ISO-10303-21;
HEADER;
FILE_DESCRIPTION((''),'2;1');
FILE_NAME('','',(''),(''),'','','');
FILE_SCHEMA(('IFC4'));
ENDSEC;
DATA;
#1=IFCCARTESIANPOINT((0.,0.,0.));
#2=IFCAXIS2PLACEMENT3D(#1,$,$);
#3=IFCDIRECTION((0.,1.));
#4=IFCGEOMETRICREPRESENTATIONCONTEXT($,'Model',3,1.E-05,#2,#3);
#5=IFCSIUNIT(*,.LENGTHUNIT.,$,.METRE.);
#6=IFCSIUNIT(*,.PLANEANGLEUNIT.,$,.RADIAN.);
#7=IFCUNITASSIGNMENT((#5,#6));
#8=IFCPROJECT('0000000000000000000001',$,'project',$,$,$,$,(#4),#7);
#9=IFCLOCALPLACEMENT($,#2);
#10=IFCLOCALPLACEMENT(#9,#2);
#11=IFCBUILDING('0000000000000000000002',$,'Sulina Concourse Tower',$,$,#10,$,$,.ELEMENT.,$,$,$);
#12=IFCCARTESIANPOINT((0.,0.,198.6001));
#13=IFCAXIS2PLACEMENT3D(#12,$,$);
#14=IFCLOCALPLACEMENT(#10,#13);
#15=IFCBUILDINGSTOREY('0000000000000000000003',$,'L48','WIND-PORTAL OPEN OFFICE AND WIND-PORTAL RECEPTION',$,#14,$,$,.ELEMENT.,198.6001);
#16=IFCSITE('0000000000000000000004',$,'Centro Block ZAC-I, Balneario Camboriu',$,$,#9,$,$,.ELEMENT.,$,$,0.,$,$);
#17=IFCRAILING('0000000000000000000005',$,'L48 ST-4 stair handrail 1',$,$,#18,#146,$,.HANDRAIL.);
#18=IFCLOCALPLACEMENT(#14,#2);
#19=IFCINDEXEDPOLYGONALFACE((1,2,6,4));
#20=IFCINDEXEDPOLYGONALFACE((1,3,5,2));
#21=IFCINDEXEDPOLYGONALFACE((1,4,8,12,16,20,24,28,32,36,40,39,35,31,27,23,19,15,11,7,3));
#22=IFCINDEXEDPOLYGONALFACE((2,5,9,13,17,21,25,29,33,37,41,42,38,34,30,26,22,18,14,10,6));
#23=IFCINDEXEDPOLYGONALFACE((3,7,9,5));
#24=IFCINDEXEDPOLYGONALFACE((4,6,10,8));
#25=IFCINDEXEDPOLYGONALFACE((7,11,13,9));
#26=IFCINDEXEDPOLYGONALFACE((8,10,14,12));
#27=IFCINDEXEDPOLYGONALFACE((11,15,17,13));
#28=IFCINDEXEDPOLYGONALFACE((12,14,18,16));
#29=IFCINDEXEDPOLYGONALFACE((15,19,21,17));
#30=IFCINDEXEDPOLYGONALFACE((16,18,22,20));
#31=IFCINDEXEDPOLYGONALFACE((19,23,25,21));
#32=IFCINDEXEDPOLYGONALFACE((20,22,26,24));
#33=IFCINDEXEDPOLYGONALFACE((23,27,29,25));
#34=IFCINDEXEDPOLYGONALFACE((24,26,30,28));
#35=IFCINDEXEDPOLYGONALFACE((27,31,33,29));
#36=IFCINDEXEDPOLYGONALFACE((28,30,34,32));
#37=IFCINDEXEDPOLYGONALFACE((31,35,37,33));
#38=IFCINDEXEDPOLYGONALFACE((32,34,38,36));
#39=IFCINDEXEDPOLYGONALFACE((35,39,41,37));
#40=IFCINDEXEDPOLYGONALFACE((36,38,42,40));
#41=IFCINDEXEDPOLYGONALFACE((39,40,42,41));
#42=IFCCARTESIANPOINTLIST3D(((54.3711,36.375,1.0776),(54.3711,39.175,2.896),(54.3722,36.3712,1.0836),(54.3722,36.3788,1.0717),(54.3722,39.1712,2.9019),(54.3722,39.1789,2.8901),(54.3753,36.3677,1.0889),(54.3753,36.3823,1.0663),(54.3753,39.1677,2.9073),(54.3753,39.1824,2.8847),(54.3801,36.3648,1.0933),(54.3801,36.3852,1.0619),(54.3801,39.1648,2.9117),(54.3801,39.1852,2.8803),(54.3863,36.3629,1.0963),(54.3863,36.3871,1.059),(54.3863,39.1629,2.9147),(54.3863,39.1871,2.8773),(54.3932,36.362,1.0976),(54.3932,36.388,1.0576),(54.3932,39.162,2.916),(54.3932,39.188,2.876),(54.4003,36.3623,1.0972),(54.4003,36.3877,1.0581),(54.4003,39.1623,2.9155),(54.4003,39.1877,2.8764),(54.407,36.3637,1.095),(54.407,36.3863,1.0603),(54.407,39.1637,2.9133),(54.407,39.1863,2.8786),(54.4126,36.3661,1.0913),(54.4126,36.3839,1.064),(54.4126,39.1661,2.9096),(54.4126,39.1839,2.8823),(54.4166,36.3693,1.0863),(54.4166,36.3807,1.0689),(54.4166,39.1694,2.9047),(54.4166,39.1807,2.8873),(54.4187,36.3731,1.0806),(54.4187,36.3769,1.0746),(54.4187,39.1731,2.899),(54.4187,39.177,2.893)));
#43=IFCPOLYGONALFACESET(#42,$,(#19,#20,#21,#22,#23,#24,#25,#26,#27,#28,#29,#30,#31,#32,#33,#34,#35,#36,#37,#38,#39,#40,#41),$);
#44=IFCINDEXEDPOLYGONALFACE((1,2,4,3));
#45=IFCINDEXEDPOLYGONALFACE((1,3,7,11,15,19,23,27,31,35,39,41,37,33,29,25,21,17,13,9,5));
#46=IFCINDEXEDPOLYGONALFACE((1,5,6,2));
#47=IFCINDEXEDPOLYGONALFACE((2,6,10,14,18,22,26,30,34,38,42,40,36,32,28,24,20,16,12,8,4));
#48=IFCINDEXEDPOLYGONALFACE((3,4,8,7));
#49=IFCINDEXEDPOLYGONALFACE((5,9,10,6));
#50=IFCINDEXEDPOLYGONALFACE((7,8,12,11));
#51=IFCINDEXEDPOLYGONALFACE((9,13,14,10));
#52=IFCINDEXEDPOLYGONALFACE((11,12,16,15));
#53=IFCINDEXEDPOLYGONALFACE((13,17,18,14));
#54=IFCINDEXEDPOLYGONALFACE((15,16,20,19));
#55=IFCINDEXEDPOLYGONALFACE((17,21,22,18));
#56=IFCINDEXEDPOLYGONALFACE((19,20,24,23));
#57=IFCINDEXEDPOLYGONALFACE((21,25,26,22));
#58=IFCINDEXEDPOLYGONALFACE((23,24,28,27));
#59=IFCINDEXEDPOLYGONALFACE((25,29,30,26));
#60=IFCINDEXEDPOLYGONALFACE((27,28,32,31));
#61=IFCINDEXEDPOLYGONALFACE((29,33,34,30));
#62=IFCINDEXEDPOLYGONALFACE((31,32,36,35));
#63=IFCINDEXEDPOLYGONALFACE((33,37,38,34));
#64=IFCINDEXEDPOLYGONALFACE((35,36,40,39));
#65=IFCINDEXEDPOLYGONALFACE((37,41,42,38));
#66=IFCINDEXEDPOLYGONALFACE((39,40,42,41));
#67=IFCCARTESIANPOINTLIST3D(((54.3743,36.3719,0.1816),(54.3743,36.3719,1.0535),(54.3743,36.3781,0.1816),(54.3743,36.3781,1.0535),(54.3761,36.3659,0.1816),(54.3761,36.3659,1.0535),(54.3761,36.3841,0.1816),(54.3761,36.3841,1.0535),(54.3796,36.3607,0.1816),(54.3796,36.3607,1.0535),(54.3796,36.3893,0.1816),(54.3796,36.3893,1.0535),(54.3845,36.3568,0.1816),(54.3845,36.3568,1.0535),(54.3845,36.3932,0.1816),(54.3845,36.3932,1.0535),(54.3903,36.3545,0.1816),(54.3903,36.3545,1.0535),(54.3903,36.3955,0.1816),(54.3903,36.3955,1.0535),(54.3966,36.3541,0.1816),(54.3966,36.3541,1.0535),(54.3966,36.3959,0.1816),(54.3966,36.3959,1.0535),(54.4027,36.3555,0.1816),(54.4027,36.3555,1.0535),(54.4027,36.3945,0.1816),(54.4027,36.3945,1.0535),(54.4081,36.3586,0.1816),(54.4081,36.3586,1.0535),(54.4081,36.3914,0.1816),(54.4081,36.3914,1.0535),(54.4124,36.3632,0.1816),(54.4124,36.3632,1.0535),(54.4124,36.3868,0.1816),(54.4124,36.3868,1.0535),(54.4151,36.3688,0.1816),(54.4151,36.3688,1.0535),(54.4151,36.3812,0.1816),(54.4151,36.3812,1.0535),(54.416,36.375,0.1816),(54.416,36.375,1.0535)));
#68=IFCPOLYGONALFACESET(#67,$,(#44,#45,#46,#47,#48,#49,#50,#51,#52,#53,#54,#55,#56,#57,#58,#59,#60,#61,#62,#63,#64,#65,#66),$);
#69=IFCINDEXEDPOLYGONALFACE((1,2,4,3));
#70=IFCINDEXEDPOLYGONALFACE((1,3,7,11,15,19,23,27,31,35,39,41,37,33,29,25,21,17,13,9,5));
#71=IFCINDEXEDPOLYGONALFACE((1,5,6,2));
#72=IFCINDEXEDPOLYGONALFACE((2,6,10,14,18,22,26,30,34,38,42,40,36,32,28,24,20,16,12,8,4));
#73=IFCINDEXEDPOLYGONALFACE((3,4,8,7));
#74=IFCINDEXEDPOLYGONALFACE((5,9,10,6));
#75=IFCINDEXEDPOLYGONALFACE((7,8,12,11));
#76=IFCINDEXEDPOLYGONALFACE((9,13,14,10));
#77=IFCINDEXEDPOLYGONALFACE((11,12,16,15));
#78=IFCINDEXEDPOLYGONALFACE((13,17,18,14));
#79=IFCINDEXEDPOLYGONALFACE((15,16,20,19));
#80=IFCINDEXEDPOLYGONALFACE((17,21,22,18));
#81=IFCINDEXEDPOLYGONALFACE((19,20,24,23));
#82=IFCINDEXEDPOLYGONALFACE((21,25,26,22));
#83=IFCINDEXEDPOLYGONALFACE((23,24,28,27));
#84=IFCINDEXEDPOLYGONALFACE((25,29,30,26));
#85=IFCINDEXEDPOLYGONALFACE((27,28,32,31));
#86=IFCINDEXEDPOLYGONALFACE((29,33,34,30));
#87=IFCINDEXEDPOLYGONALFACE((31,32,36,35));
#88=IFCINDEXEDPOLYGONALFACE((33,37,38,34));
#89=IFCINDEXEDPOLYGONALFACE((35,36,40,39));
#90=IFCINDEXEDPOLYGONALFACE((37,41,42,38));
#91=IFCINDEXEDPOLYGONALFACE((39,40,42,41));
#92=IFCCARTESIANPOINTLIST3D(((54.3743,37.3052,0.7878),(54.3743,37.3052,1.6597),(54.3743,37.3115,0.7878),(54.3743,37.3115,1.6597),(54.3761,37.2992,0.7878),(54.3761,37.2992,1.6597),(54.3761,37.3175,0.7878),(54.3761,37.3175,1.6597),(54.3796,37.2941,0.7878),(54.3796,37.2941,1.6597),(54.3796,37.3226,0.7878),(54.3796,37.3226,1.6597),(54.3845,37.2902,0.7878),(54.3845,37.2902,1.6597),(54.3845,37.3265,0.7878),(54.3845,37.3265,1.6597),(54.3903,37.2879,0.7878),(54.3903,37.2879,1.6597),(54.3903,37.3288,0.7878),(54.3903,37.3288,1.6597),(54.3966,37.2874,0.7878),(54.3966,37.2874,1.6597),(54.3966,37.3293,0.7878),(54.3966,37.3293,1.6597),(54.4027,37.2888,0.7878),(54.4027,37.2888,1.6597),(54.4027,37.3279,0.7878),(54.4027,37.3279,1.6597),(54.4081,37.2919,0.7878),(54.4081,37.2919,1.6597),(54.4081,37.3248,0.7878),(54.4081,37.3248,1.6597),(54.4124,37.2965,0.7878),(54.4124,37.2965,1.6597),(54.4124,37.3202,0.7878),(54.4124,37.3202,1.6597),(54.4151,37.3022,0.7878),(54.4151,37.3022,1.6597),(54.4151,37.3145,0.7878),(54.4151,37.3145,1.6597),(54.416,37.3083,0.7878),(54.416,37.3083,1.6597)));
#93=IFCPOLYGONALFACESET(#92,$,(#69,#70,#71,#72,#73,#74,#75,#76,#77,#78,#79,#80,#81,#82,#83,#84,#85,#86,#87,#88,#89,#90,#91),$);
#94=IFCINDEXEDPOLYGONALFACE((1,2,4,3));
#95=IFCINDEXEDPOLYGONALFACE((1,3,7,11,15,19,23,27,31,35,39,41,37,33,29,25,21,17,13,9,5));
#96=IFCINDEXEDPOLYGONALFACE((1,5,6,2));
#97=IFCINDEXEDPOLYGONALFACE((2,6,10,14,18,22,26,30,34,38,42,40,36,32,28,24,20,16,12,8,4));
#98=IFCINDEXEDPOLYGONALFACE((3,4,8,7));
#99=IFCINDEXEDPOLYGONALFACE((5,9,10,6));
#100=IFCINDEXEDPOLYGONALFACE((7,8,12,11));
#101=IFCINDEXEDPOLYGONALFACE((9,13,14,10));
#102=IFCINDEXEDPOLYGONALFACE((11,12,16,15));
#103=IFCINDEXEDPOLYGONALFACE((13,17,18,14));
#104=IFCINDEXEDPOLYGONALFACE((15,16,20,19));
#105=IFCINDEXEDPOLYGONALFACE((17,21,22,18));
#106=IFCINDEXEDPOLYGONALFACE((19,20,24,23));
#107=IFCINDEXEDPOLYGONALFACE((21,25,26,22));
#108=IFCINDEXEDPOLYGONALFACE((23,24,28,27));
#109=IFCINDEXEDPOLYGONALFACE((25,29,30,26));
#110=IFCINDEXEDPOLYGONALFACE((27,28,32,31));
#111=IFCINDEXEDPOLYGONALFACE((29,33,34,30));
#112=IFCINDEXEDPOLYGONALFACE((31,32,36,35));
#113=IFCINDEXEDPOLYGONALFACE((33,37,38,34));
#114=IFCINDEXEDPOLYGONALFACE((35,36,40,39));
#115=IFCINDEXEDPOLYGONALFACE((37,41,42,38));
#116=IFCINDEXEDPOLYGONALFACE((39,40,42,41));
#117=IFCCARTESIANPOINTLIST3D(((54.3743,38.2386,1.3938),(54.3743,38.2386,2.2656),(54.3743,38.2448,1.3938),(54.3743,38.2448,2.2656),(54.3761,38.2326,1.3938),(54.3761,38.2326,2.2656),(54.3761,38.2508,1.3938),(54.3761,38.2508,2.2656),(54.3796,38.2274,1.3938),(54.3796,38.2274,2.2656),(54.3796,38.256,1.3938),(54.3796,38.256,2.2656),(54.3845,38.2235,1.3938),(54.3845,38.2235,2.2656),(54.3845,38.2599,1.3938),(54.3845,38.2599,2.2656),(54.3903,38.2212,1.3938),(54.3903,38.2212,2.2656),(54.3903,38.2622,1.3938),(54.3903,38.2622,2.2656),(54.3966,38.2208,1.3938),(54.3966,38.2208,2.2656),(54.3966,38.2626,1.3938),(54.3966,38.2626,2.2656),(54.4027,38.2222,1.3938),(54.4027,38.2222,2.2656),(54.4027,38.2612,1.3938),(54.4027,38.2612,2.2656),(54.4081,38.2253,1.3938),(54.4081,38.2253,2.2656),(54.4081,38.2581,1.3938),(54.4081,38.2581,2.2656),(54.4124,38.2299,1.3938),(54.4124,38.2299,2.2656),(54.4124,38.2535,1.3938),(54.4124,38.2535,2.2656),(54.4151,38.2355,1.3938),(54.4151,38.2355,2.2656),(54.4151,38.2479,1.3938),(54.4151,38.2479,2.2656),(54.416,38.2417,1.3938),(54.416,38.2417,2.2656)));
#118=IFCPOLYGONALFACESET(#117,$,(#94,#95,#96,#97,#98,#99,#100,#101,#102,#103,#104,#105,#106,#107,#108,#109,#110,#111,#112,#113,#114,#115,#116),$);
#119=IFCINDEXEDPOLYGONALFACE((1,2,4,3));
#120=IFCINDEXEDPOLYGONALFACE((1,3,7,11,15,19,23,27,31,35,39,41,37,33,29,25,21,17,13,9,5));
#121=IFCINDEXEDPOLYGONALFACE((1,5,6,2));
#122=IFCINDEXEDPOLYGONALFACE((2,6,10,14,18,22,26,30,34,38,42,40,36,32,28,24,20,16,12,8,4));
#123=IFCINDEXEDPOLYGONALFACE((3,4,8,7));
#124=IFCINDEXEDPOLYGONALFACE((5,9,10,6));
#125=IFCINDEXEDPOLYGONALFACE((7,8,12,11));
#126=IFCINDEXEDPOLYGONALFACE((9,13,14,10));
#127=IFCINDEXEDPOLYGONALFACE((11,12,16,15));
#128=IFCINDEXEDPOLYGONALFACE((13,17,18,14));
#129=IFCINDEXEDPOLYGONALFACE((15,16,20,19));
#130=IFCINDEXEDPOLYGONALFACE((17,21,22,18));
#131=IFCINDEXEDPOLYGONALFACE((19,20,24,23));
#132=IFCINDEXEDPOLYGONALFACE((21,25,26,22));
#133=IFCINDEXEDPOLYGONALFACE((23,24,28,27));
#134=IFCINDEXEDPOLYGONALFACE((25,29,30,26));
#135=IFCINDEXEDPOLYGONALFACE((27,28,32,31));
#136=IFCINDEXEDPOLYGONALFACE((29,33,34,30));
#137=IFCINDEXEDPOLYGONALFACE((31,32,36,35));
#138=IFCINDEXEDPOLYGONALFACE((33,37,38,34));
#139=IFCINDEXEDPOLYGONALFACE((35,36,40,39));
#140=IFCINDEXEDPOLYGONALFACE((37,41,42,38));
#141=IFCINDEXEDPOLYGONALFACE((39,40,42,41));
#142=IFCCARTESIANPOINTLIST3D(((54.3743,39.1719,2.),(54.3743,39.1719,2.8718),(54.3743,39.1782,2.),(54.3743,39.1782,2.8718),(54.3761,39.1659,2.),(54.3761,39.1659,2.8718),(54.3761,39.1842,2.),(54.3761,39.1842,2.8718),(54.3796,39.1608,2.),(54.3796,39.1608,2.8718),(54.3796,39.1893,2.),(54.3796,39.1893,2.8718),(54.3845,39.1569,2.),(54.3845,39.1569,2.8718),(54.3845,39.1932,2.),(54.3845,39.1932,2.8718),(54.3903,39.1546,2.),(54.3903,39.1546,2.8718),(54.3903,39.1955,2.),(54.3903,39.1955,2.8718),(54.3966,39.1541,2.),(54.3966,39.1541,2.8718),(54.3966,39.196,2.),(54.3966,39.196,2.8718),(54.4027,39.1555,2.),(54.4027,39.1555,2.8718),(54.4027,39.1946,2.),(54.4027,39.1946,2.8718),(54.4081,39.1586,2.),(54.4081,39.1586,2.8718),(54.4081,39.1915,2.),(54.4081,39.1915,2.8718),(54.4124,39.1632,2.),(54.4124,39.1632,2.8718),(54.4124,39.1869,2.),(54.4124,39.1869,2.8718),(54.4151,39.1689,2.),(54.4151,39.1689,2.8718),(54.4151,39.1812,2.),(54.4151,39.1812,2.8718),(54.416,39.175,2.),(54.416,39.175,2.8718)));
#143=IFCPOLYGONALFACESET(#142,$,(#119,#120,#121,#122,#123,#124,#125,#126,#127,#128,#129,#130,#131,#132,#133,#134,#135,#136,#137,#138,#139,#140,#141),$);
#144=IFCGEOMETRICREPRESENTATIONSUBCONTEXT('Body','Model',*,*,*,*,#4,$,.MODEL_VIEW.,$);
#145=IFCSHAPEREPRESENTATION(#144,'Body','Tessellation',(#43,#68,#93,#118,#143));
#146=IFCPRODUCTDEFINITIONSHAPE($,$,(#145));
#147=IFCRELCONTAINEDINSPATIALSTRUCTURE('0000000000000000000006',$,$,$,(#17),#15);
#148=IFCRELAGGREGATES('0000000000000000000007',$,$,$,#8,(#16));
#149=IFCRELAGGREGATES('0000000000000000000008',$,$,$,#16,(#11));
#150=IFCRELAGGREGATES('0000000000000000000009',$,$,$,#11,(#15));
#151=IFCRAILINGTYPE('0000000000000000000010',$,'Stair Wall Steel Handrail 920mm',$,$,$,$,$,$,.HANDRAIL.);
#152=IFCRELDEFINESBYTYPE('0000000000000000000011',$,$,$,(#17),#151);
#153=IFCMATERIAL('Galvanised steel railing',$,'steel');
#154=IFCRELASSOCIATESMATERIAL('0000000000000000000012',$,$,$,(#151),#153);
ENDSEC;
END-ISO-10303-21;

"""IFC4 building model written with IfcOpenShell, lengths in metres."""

from ifc_helpers import new_model, si_unit, direction, frame, origin, origin_2d, place, context, subcontext, project, spatial, circle, extrude, material, type_object, element, save


model = new_model("IFC4")

# Units and contexts
model_context = context("Model", 3, precision=1e-05, world=origin(), true_north=direction((0.0, 1.0)))
body_context = subcontext(model_context, "Body", "Model", "MODEL_VIEW")
ifc_project = project(units=[si_unit("LENGTHUNIT", "METRE"), si_unit("PLANEANGLEUNIT", "RADIAN")], contexts=[model_context])

# Site, building, storey
site_placement = place(None, origin())
site = spatial("IfcSite", under=ifc_project, at=site_placement, Name="Centro Block ZAC-I, Balneario Camboriu", CompositionType="ELEMENT", RefElevation=0.0)
building_placement = place(site_placement, origin())
building = spatial("IfcBuilding", under=site, at=building_placement, Name="Sulina Concourse Tower", CompositionType="ELEMENT")
storey_placement = place(building_placement, frame((0.0, 0.0, 198.6001)))
storey = spatial("IfcBuildingStorey", under=building, at=storey_placement, Name="L48", Description="WIND-PORTAL OPEN OFFICE AND WIND-PORTAL RECEPTION", CompositionType="ELEMENT", Elevation=198.6001)

# Railing
ifc_material_1 = material(Name="Galvanised steel railing", Category="steel")
railing_type_1 = type_object("IfcRailingType", Name="Stair Wall Steel Handrail 920mm", PredefinedType="HANDRAIL", material=ifc_material_1)
railing_1_placement = place(storey_placement, frame((54.395, 36.375, 0.1816)))
element("IfcRailing", 1, at=railing_1_placement, inside=storey, type_object=railing_type_1, Name="L48 ST-4 stair handrail 1", PredefinedType="HANDRAIL", context=body_context, shape_type="SweptSolid", body=[
    extrude(circle(Radius=0.0239, at=origin_2d()), frame((0.0, 0.0, 0.896), z_axis=(0.0, 0.838672, 0.544636), x_axis=(-1.0, 0.0, 0.0)), (0.0, 0.0, 1.0), 3.3386),
    extrude(circle(Radius=0.021, at=origin_2d()), origin(), (0.0, 0.0, 1.0), 0.8718),
    extrude(circle(Radius=0.021, at=origin_2d()), frame((0.0, 0.9333, 0.6062)), (0.0, 0.0, 1.0), 0.8718),
    extrude(circle(Radius=0.021, at=origin_2d()), frame((0.0, 1.8667, 1.2122)), (0.0, 0.0, 1.0), 0.8718),
    extrude(circle(Radius=0.021, at=origin_2d()), frame((0.0, 2.8, 1.8184)), (0.0, 0.0, 1.0), 0.8718),
])

save(model, "model.ifc")
